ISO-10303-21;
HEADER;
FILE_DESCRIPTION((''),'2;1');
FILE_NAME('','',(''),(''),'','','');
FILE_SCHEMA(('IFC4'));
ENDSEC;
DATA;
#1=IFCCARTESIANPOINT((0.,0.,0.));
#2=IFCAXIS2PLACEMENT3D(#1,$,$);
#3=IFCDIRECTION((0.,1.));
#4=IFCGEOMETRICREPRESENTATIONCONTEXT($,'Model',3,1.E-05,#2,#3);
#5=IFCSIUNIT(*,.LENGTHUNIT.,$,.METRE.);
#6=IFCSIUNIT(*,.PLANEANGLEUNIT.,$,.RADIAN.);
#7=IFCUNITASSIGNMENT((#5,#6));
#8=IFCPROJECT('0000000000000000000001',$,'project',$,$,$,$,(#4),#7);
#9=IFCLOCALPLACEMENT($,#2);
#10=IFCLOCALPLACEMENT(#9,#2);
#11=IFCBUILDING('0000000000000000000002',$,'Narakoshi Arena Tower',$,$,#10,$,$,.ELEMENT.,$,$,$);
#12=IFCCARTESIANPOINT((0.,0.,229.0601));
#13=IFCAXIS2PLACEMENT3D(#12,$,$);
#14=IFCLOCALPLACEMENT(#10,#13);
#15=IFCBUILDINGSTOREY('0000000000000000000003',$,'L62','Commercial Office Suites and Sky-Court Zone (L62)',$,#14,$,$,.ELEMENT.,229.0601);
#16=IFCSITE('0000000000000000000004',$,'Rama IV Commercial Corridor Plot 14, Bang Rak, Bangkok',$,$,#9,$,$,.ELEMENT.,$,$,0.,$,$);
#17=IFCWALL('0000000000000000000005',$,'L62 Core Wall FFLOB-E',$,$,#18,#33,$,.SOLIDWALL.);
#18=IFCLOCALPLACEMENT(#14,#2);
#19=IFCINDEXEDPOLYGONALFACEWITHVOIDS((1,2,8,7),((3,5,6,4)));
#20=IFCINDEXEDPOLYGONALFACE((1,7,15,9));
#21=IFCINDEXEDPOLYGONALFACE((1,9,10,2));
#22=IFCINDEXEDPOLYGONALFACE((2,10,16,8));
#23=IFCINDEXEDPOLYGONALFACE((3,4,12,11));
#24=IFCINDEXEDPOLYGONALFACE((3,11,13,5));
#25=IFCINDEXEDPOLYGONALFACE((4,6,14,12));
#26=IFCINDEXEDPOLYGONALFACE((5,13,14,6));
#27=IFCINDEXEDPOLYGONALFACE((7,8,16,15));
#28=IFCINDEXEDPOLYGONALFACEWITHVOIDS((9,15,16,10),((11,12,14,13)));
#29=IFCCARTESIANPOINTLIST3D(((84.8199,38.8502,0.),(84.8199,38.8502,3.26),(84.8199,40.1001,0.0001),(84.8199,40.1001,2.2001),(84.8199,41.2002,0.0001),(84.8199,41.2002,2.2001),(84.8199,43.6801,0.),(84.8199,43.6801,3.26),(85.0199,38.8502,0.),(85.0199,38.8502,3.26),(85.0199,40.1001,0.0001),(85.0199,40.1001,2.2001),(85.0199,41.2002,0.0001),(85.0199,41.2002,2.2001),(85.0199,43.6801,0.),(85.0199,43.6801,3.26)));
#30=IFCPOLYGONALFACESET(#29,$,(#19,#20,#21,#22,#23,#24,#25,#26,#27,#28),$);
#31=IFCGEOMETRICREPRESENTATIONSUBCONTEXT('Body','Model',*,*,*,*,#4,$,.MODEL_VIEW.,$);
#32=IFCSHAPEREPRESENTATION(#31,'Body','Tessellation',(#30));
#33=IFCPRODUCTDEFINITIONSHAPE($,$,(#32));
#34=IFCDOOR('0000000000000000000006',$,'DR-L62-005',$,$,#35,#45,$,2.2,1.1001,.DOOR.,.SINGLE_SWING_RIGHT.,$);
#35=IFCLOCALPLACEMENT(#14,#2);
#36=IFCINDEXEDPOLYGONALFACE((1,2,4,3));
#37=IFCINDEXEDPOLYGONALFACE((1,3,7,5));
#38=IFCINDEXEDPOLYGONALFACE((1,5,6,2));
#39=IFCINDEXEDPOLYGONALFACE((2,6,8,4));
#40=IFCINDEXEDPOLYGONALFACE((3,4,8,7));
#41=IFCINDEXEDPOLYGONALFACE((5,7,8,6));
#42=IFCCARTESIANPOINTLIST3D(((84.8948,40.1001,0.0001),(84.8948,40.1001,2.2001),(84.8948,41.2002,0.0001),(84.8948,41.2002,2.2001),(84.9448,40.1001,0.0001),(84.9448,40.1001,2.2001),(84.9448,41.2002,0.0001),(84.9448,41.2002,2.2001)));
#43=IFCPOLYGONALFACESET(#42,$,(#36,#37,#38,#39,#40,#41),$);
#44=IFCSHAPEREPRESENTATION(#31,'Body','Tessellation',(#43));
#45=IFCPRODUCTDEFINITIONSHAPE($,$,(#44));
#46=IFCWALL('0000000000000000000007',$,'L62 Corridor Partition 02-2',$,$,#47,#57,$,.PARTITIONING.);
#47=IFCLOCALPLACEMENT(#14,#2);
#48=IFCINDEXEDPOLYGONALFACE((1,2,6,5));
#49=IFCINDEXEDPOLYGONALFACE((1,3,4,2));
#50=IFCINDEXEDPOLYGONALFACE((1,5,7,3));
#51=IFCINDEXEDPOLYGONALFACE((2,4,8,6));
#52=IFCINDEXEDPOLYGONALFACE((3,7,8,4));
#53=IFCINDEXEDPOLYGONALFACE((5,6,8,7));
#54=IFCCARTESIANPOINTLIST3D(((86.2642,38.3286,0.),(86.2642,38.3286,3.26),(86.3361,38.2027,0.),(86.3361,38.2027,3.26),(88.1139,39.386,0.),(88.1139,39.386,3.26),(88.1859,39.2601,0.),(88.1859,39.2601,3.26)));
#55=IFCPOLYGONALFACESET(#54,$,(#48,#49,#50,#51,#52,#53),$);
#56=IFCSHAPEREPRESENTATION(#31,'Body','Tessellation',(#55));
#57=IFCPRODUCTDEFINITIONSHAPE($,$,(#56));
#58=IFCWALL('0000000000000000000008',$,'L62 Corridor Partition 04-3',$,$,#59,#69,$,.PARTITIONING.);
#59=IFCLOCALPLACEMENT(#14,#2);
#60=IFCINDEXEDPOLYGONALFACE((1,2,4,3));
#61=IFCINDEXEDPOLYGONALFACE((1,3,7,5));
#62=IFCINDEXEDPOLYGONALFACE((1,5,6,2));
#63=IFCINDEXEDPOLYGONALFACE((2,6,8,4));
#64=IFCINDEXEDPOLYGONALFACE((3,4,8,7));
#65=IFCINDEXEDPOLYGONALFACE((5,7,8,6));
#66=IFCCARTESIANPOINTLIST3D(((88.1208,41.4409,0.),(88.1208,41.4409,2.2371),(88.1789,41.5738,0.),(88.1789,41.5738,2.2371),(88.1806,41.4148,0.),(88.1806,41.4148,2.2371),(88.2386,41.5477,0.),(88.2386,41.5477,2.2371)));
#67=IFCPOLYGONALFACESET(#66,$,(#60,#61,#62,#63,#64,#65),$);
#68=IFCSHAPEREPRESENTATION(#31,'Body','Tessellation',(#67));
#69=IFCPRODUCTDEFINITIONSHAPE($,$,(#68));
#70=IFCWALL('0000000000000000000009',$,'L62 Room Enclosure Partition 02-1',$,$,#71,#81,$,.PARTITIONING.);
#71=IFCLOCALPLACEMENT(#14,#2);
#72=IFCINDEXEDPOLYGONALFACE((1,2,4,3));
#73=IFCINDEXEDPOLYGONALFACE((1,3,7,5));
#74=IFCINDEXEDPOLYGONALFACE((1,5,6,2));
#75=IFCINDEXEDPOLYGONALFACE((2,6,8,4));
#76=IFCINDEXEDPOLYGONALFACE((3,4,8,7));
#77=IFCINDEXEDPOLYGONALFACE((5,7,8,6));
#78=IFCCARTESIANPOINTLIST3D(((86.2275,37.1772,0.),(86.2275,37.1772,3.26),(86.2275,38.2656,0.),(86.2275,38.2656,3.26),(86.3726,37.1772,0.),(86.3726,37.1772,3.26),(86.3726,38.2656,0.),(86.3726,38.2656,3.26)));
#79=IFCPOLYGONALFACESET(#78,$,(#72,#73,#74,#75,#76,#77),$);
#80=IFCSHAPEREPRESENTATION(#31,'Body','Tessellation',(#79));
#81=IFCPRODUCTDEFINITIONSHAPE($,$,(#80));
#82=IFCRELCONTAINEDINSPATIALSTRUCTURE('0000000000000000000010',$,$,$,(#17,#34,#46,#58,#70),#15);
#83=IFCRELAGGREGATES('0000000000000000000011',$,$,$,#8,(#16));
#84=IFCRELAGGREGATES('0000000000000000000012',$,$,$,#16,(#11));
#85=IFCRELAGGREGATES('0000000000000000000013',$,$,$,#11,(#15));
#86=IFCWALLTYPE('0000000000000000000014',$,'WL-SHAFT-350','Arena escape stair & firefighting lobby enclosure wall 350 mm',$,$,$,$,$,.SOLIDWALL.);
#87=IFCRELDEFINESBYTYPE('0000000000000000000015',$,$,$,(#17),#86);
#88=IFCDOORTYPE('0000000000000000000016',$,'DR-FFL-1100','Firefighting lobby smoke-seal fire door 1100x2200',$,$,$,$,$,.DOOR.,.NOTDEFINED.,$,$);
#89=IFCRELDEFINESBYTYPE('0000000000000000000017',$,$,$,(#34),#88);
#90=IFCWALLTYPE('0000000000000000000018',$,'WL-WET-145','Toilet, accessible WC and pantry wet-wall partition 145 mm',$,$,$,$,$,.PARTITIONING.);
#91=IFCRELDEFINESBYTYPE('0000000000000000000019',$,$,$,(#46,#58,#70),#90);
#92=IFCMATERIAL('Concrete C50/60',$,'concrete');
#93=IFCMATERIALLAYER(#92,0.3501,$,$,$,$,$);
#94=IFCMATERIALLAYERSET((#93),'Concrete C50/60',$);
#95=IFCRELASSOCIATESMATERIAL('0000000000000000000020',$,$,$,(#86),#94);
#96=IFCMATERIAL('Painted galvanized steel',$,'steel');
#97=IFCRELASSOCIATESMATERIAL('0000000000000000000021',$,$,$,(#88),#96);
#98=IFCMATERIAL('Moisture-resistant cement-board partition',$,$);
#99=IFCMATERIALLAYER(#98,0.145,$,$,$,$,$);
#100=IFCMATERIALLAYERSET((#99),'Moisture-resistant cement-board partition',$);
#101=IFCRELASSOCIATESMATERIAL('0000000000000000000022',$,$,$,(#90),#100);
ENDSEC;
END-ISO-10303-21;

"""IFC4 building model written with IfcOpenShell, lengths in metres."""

from ifc_helpers import new_model, si_unit, direction, frame, frame_2d, origin, place, context, subcontext, project, spatial, rectangle, extrude, material, layer, layer_set, type_object, element, fill, save


model = new_model("IFC4")

# Units and contexts
model_context = context("Model", 3, precision=1e-05, world=origin(), true_north=direction((0.0, 1.0)))
body_context = subcontext(model_context, "Body", "Model", "MODEL_VIEW")
ifc_project = project(units=[si_unit("LENGTHUNIT", "METRE"), si_unit("PLANEANGLEUNIT", "RADIAN")], contexts=[model_context])

# Site, building, storey
site_placement = place(None, origin())
site = spatial("IfcSite", under=ifc_project, at=site_placement, Name="Rama IV Commercial Corridor Plot 14, Bang Rak, Bangkok", CompositionType="ELEMENT", RefElevation=0.0)
building_placement = place(site_placement, origin())
building = spatial("IfcBuilding", under=site, at=building_placement, Name="Narakoshi Arena Tower", CompositionType="ELEMENT")
storey_placement = place(building_placement, frame((0.0, 0.0, 229.0601)))
storey = spatial("IfcBuildingStorey", under=building, at=storey_placement, Name="L62", Description="Commercial Office Suites and Sky-Court Zone (L62)", CompositionType="ELEMENT", Elevation=229.0601)

# Shared definitions
ifc_material_1 = material(Name="Concrete C50/60", Category="concrete")
ifc_layer_1 = layer(ifc_material_1, 0.3501)
ifc_layer_set_1 = layer_set([ifc_layer_1], Name="Concrete C50/60")
wall_type_1 = type_object("IfcWallType", Name="WL-SHAFT-350", Description="Arena escape stair & firefighting lobby enclosure wall 350 mm", PredefinedType="SOLIDWALL", material=ifc_layer_set_1)

# Shared definitions
ifc_material_2 = material(Name="Painted galvanized steel", Category="steel")

# Wall, opening, door
wall_1_placement = place(storey_placement, frame((84.9199, 38.8501, 0.0), z_axis=(0.0, 0.0, 1.0), x_axis=(0.0, 1.0, 0.0)))
wall_1 = element("IfcWall", 1, at=wall_1_placement, inside=storey, type_object=wall_type_1, Name="L62 Core Wall FFLOB-E", PredefinedType="SOLIDWALL", context=body_context, shape_type="SweptSolid", body=[
    extrude(rectangle(XDim=4.8298, YDim=0.2, at=frame_2d((2.415, 0.0))), origin(), (0.0, 0.0, 1.0), 3.26),
])
opening_1_placement = place(wall_1_placement, frame((1.25, 0.0, 0.0)))
opening_1 = element("IfcOpeningElement", 2, at=opening_1_placement, cuts=wall_1, PredefinedType="OPENING", context=body_context, shape_type="SweptSolid", body=[
    extrude(rectangle(XDim=1.1001, YDim=2.2, at=frame_2d((0.55, 1.1001))), frame((0.0, 0.1099, 0.0), z_axis=(0.0, -1.0, 0.0), x_axis=(1.0, 0.0, 0.0)), (0.0, 0.0, 1.0), 0.22),
])
door_type_1 = type_object("IfcDoorType", Name="DR-FFL-1100", Description="Firefighting lobby smoke-seal fire door 1100x2200", OperationType="NOTDEFINED", PredefinedType="DOOR", material=ifc_material_2)
door_1_placement = place(opening_1_placement, frame((1.1001, 0.0, 0.0), z_axis=(0.0, 0.0, 1.0), x_axis=(-1.0, 0.0, 0.0)))
door_1 = element("IfcDoor", 3, at=door_1_placement, inside=storey, type_object=door_type_1, Name="DR-L62-005", OperationType="SINGLE_SWING_RIGHT", OverallHeight=2.2, OverallWidth=1.1001, PredefinedType="DOOR", context=body_context, shape_type="SweptSolid", body=[
    extrude(rectangle(XDim=1.1001, YDim=2.2, at=frame_2d((0.55, 1.1001))), frame((0.0, 0.0249, 0.0), z_axis=(0.0, -1.0, 0.0), x_axis=(1.0, 0.0, 0.0)), (0.0, 0.0, 1.0), 0.05),
])
fill(opening_1, door_1)
ifc_material_3 = material(Name="Moisture-resistant cement-board partition")
ifc_layer_2 = layer(ifc_material_3, 0.145)
ifc_layer_set_2 = layer_set([ifc_layer_2], Name="Moisture-resistant cement-board partition")
wall_type_2 = type_object("IfcWallType", Name="WL-WET-145", Description="Toilet, accessible WC and pantry wet-wall partition 145 mm", PredefinedType="PARTITIONING", material=ifc_layer_set_2)

# Walls
wall_2_placement = place(storey_placement, frame((86.3, 38.2656, 0.0), z_axis=(0.0, 0.0, 1.0), x_axis=(0.86818, 0.49625, 0.0)))
element("IfcWall", 4, at=wall_2_placement, inside=storey, type_object=wall_type_2, Name="L62 Corridor Partition 02-2", PredefinedType="PARTITIONING", context=body_context, shape_type="SweptSolid", body=[
    extrude(rectangle(XDim=2.1306, YDim=0.145, at=frame_2d((1.0654, 0.0))), origin(), (0.0, 0.0, 1.0), 3.26),
])
wall_3_placement = place(storey_placement, frame((88.2097, 41.4812, 0.0), z_axis=(0.0, 0.0, 1.0), x_axis=(-0.916415, 0.40023, 0.0)))
element("IfcWall", 5, at=wall_3_placement, inside=storey, type_object=wall_type_2, Name="L62 Corridor Partition 04-3", PredefinedType="PARTITIONING", context=body_context, shape_type="SweptSolid", body=[
    extrude(rectangle(XDim=0.0652, YDim=0.145, at=frame_2d((0.0327, 0.0))), origin(), (0.0, 0.0, 1.0), 2.2371),
])
wall_4_placement = place(storey_placement, frame((86.3, 37.1772, 0.0), z_axis=(0.0, 0.0, 1.0), x_axis=(0.0, 1.0, 0.0)))
element("IfcWall", 6, at=wall_4_placement, inside=storey, type_object=wall_type_2, Name="L62 Room Enclosure Partition 02-1", PredefinedType="PARTITIONING", context=body_context, shape_type="SweptSolid", body=[
    extrude(rectangle(XDim=1.0884, YDim=0.145, at=frame_2d((0.5442, 0.0))), origin(), (0.0, 0.0, 1.0), 3.26),
])

save(model, "model.ifc")
